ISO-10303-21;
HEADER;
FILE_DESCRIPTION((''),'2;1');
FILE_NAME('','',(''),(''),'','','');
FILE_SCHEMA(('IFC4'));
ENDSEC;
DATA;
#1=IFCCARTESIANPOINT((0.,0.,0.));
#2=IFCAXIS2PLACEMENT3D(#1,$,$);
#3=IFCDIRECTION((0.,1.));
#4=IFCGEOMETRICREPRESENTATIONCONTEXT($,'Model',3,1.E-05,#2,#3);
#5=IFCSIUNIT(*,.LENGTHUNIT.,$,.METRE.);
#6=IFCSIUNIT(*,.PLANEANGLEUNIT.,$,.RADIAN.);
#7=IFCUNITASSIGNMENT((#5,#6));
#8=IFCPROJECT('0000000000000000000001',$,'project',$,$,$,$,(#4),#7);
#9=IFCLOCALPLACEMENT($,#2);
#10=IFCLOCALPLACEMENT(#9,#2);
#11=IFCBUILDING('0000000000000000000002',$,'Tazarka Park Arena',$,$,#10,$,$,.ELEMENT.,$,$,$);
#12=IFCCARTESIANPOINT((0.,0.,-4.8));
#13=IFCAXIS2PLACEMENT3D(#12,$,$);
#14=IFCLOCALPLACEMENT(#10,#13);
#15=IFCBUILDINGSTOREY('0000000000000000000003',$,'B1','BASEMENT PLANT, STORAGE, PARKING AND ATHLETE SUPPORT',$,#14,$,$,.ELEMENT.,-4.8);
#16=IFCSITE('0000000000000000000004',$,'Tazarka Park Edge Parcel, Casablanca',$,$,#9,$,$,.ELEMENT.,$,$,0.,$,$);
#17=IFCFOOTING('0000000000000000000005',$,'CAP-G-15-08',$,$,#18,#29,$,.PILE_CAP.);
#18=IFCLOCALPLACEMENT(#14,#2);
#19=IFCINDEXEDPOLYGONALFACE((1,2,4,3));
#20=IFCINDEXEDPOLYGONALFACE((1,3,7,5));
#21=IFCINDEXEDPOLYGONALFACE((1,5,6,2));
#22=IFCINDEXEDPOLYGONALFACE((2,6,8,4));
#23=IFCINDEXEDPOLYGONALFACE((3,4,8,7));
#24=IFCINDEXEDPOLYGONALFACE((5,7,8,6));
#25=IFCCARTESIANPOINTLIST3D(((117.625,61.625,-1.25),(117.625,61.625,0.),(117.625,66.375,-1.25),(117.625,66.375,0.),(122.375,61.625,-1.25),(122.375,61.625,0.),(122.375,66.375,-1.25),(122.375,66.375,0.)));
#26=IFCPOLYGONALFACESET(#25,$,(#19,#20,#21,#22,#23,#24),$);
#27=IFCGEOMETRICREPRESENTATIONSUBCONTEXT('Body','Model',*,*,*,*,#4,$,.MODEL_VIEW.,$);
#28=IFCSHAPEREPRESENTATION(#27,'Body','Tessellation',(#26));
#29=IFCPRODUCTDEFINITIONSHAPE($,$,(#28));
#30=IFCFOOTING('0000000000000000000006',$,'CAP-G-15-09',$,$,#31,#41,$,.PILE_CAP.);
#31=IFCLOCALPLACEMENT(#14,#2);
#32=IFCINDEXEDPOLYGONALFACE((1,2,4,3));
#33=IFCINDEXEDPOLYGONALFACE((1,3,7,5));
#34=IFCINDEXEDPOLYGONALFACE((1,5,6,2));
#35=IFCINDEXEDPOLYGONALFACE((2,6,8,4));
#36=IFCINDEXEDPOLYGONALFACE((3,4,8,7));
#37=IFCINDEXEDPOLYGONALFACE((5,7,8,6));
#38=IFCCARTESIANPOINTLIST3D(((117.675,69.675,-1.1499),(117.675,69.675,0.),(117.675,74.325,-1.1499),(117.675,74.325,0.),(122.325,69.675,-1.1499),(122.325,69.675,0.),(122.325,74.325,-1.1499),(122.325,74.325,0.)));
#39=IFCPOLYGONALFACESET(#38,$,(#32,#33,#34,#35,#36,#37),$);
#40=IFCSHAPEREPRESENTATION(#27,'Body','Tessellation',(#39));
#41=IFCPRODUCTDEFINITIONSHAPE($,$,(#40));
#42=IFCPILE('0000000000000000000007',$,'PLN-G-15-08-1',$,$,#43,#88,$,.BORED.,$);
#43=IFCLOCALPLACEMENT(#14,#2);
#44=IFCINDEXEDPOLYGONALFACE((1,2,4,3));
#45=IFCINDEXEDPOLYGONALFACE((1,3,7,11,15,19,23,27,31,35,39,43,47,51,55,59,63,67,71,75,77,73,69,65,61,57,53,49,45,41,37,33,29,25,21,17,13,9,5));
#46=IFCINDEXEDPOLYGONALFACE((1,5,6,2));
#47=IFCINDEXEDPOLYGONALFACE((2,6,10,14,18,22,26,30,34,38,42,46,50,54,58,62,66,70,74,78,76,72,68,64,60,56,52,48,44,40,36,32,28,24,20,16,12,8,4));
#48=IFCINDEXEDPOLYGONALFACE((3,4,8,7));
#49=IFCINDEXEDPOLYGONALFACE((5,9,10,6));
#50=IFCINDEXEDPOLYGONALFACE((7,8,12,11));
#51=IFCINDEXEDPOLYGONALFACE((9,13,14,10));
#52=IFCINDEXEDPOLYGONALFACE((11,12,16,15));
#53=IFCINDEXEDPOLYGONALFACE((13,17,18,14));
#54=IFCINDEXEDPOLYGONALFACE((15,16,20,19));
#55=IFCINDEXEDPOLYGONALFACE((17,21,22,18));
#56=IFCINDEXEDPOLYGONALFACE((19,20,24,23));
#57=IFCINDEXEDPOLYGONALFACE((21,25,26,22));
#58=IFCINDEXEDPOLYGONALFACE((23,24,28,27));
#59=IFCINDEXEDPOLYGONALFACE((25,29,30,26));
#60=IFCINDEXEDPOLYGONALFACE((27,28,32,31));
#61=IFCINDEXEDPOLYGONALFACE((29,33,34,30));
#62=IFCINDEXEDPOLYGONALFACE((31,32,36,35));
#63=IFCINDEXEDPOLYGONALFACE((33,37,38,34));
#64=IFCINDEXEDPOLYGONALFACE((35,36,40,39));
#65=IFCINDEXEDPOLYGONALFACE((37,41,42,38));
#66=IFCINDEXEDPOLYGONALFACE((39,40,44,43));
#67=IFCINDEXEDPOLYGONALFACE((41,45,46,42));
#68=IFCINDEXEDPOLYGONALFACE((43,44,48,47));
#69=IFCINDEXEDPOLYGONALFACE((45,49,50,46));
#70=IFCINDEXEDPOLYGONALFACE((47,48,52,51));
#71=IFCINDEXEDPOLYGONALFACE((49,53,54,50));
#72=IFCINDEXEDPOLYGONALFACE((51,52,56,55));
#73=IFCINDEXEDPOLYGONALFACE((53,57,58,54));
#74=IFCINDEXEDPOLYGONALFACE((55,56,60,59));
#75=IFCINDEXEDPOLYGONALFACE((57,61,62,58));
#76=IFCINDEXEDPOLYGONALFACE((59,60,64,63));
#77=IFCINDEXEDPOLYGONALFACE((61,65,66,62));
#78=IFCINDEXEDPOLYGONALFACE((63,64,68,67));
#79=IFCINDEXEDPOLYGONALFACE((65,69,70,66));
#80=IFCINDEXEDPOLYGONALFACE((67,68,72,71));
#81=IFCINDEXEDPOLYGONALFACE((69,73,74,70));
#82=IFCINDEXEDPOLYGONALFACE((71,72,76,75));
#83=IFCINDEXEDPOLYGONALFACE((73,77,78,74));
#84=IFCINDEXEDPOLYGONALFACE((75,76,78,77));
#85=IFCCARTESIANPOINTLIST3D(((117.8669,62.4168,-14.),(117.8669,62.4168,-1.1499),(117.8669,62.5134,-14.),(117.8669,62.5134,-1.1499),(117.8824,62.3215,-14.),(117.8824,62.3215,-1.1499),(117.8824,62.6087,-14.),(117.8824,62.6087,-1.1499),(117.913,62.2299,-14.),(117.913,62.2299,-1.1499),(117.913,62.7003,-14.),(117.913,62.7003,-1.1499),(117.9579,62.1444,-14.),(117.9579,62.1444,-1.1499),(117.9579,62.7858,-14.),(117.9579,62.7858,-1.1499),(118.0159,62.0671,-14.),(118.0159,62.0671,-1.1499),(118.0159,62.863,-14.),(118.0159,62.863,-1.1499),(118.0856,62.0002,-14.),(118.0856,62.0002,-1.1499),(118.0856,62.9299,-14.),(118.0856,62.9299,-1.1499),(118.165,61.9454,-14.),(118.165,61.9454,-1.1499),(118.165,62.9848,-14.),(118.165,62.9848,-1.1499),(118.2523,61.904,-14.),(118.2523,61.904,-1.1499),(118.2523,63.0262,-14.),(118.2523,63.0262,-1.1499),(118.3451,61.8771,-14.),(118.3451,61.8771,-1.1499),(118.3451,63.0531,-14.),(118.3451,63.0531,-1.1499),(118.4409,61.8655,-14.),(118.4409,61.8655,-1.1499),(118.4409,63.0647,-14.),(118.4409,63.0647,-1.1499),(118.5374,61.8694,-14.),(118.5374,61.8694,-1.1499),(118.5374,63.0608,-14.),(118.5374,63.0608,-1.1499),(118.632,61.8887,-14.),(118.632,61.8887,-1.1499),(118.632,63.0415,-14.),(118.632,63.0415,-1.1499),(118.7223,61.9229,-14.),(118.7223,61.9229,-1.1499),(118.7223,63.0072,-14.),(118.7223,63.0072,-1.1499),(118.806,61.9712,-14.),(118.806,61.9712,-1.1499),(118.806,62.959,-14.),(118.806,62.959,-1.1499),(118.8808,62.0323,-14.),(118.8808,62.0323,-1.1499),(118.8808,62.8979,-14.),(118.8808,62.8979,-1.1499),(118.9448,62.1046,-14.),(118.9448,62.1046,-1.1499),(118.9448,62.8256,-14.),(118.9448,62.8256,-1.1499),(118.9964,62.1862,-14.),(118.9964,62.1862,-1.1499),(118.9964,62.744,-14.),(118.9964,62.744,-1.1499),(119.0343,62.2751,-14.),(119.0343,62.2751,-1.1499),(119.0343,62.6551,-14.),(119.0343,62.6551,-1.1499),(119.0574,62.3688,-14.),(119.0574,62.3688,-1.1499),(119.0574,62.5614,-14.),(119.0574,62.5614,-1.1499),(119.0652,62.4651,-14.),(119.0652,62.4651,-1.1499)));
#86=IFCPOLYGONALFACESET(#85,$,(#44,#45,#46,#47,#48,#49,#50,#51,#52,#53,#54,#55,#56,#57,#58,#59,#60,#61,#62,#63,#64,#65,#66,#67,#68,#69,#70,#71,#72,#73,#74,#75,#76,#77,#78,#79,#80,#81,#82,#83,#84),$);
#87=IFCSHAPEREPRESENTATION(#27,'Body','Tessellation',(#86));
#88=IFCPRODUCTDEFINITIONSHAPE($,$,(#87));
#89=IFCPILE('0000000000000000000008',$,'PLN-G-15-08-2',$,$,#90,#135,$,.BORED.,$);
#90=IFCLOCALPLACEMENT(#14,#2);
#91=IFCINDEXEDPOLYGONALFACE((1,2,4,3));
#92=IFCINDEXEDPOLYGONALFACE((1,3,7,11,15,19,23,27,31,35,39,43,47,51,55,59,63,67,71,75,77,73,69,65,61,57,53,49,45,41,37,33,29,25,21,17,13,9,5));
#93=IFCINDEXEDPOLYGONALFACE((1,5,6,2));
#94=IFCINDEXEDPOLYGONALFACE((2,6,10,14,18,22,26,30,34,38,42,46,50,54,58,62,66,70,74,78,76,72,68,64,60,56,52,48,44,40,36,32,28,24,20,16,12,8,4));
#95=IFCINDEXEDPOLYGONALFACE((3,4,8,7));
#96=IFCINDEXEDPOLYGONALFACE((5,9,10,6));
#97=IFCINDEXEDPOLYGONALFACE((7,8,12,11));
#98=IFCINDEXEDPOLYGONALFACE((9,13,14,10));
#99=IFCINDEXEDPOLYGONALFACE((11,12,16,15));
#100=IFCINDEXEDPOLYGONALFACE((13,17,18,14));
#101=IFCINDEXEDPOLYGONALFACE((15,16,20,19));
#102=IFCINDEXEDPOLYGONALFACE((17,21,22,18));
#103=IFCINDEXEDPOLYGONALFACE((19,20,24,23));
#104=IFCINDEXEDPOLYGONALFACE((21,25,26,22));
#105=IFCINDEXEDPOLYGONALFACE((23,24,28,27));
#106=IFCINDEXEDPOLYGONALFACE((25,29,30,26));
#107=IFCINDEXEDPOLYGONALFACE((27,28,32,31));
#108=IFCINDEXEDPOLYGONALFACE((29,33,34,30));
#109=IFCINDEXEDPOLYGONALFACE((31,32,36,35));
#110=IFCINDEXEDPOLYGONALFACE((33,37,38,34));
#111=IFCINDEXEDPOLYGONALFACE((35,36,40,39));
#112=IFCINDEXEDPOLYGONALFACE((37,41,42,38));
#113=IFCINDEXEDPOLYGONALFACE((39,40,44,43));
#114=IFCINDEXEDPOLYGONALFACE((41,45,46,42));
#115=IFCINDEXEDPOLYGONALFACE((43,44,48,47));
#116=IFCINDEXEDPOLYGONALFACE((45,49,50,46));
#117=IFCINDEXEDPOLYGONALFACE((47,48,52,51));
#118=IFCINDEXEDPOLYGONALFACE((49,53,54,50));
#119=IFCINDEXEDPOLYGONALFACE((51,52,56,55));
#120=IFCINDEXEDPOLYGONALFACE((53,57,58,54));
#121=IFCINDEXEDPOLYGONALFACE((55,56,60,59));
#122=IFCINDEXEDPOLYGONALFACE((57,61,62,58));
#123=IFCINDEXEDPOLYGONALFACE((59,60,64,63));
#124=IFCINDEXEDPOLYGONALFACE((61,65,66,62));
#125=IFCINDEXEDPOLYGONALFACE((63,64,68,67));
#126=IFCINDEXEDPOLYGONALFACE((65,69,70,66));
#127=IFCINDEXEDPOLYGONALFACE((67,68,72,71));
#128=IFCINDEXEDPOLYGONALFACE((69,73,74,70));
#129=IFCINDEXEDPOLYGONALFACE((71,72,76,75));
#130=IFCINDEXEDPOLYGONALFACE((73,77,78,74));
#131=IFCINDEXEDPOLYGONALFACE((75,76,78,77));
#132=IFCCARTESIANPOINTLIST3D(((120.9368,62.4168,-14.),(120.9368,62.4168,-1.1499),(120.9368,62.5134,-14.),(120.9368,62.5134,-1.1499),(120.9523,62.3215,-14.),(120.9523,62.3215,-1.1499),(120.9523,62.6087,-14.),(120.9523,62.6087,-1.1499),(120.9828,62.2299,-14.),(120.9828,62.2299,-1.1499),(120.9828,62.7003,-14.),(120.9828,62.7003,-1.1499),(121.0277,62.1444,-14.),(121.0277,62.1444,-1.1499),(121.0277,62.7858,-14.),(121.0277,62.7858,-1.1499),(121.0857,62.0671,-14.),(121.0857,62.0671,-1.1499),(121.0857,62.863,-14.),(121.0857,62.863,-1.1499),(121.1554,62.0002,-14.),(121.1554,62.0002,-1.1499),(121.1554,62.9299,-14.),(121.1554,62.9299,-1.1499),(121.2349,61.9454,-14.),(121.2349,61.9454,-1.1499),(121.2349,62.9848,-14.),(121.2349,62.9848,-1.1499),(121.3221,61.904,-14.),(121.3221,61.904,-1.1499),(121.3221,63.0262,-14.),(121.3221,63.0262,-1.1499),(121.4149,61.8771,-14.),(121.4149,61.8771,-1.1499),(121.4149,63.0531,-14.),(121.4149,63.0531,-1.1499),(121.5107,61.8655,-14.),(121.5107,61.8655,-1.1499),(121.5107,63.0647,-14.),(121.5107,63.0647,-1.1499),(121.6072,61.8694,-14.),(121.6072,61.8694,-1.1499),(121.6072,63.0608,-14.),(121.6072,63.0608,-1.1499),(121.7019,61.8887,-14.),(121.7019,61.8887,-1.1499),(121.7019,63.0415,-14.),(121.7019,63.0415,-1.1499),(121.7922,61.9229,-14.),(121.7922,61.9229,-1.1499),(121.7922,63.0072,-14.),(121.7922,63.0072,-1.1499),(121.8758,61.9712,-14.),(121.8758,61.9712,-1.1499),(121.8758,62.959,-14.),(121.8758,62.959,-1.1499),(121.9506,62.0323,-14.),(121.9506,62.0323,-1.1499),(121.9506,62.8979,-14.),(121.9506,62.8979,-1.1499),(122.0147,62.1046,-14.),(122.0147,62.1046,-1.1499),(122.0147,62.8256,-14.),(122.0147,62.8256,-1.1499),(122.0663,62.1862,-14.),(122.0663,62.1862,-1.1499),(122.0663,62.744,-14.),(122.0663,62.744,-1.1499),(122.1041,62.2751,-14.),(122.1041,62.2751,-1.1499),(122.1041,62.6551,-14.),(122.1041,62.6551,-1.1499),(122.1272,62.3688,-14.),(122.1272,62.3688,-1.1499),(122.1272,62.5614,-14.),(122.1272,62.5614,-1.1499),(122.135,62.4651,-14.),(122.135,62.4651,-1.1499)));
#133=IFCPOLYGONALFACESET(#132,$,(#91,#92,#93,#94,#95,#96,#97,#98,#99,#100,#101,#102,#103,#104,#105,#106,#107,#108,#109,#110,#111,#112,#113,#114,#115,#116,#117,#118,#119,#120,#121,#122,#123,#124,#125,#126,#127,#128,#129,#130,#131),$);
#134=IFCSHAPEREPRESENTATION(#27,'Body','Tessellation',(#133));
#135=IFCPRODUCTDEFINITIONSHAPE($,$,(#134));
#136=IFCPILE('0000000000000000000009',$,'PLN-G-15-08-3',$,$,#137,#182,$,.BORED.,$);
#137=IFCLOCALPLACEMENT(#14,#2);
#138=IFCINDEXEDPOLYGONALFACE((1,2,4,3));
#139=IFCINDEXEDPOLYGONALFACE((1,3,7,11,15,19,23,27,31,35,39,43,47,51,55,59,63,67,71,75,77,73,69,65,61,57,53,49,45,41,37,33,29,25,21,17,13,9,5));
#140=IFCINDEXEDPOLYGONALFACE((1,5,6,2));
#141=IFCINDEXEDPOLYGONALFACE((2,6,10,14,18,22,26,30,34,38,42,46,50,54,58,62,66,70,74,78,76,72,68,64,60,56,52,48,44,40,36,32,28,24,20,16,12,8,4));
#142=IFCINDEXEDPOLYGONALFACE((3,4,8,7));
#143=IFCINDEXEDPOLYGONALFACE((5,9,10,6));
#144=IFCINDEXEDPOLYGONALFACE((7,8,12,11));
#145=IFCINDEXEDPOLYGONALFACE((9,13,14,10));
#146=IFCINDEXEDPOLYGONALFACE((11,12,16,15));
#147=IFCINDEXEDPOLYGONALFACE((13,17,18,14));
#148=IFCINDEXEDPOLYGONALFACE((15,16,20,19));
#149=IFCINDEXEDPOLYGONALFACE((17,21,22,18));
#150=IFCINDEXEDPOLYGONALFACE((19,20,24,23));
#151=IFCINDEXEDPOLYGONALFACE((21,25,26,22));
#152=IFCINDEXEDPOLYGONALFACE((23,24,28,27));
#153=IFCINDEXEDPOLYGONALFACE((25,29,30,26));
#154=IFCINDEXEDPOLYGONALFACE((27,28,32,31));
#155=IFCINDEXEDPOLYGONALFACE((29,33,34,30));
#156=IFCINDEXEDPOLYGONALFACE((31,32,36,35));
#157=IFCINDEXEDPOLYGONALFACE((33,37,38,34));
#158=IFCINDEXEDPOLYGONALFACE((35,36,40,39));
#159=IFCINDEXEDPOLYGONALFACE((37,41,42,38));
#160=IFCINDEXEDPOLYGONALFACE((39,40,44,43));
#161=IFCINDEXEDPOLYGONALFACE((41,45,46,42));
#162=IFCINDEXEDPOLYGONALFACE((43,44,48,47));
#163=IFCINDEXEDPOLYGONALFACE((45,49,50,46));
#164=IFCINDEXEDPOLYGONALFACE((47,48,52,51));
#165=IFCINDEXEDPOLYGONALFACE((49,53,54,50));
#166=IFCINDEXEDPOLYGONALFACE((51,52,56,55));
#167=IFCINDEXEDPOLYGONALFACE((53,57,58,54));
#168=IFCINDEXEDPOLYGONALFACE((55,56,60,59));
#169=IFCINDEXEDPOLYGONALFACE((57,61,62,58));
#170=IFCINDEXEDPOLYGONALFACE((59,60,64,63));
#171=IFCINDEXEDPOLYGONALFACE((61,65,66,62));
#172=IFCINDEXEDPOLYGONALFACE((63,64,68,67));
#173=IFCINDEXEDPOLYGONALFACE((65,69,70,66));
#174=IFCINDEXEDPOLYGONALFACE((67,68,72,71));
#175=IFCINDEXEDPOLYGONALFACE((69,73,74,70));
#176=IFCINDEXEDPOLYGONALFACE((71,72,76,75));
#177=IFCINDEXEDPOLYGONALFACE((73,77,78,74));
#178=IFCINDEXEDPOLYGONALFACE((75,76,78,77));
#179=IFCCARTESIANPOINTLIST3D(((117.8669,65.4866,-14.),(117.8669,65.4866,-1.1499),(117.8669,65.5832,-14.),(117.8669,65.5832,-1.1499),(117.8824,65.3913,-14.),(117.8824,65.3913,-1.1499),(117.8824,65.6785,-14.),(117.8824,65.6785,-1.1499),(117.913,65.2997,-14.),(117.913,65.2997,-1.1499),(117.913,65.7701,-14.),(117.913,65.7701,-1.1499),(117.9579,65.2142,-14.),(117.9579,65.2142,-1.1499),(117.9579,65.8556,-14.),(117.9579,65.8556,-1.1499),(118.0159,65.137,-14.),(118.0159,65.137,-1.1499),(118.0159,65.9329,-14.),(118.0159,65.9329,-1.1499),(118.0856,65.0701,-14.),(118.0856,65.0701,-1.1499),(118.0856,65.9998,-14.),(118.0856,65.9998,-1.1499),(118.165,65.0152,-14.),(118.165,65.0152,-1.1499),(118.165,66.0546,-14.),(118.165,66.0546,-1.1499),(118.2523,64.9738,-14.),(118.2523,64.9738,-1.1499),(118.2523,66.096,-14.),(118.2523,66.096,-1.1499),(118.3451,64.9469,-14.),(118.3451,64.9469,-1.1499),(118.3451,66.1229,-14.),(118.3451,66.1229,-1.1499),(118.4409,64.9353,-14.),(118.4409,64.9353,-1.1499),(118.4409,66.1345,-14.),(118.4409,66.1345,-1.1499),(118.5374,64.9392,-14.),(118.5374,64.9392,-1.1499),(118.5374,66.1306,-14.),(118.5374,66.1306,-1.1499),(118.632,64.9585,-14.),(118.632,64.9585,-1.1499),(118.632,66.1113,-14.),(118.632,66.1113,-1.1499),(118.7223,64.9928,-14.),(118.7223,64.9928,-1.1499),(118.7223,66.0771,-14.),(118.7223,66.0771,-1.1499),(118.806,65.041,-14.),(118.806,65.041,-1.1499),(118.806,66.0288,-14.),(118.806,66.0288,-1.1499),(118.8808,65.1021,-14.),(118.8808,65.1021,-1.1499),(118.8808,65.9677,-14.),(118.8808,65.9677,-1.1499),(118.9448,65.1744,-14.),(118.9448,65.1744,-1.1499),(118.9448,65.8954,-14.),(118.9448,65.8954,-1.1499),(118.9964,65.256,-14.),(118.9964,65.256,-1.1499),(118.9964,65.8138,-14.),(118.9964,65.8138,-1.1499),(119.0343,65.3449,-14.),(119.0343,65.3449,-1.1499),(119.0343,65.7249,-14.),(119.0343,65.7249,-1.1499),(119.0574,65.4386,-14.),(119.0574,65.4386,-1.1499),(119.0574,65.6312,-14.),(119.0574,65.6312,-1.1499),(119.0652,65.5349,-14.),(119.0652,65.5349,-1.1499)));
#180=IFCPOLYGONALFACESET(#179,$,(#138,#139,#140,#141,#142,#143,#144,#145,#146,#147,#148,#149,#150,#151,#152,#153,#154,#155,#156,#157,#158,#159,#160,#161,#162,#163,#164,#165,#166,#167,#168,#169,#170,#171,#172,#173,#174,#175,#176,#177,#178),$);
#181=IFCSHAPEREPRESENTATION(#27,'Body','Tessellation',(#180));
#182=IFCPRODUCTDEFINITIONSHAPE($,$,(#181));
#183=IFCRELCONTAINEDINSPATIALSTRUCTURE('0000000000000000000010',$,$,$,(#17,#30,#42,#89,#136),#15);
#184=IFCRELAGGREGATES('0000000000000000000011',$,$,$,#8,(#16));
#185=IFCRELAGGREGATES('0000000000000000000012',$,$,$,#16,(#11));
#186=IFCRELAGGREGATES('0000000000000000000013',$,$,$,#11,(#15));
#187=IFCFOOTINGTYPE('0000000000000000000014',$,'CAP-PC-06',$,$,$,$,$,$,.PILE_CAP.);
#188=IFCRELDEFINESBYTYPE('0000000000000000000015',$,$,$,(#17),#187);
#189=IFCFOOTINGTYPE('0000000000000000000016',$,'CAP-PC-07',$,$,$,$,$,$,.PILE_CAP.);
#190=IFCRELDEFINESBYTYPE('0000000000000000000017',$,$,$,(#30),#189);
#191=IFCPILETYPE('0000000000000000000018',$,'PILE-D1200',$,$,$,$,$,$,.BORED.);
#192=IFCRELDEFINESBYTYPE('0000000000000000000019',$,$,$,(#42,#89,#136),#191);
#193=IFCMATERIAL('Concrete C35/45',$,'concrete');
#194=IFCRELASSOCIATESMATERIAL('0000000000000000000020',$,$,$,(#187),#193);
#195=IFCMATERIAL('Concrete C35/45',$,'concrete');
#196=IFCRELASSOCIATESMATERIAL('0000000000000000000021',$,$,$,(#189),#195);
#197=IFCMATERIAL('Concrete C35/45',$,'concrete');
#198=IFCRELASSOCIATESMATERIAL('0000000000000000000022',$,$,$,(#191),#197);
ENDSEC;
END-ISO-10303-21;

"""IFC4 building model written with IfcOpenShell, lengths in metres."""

from ifc_helpers import new_model, si_unit, direction, frame, origin, origin_2d, place, context, subcontext, project, spatial, rectangle, circle, extrude, material, material_profile, profile_set, type_object, element, save


model = new_model("IFC4")

# Units and contexts
model_context = context("Model", 3, precision=1e-05, world=origin(), true_north=direction((0.0, 1.0)))
body_context = subcontext(model_context, "Body", "Model", "MODEL_VIEW")
ifc_project = project(units=[si_unit("LENGTHUNIT", "METRE"), si_unit("PLANEANGLEUNIT", "RADIAN")], contexts=[model_context])

# Site, building, storey
site_placement = place(None, origin())
site = spatial("IfcSite", under=ifc_project, at=site_placement, Name="Tazarka Park Edge Parcel, Casablanca", CompositionType="ELEMENT", RefElevation=0.0)
building_placement = place(site_placement, origin())
building = spatial("IfcBuilding", under=site, at=building_placement, Name="Tazarka Park Arena", CompositionType="ELEMENT")
storey_placement = place(building_placement, frame((0.0, 0.0, -4.8)))
storey = spatial("IfcBuildingStorey", under=building, at=storey_placement, Name="B1", Description="BASEMENT PLANT, STORAGE, PARKING AND ATHLETE SUPPORT", CompositionType="ELEMENT", Elevation=-4.8)

# Footings
ifc_material_1 = material(Name="Concrete C35/45", Category="concrete")
footing_type_1 = type_object("IfcFootingType", Name="CAP-PC-06", PredefinedType="PILE_CAP", material=ifc_material_1)
footing_1_placement = place(storey_placement, frame((120.0, 64.0, -1.25), z_axis=(0.0, 0.0, 1.0), x_axis=(1.0, 0.0, 0.0)))
element("IfcFooting", 1, at=footing_1_placement, inside=storey, type_object=footing_type_1, Name="CAP-G-15-08", PredefinedType="PILE_CAP", context=body_context, shape_type="SweptSolid", body=[
    extrude(rectangle(XDim=4.75, YDim=4.75, at=origin_2d()), origin(), (0.0, 0.0, 1.0), 1.25),
])
ifc_material_2 = material(Name="Concrete C35/45", Category="concrete")
footing_type_2 = type_object("IfcFootingType", Name="CAP-PC-07", PredefinedType="PILE_CAP", material=ifc_material_2)
footing_2_placement = place(storey_placement, frame((120.0, 72.0, -1.1499), z_axis=(0.0, 0.0, 1.0), x_axis=(1.0, 0.0, 0.0)))
element("IfcFooting", 2, at=footing_2_placement, inside=storey, type_object=footing_type_2, Name="CAP-G-15-09", PredefinedType="PILE_CAP", context=body_context, shape_type="SweptSolid", body=[
    extrude(rectangle(XDim=4.6499, YDim=4.6499, at=origin_2d()), origin(), (0.0, 0.0, 1.0), 1.1499),
])

# Piles
ifc_material_3 = material(Name="Concrete C35/45", Category="concrete")
ifc_material_profile_1 = material_profile(ifc_material_3, circle(Radius=0.6001, at=origin_2d()), Name="Concrete C35/45")
ifc_profile_set_1 = profile_set([ifc_material_profile_1], Name="Concrete C35/45")
pile_type_1 = type_object("IfcPileType", Name="PILE-D1200", PredefinedType="BORED", material=ifc_profile_set_1)
for number, where, z_axis, x_axis, name in (
    (3, (118.4651, 62.4651, -1.1499), (0.0, 0.0, -1.0), (1.0, 0.0, 0.0), "PLN-G-15-08-1"),
    (4, (121.5349, 62.4651, -1.1499), (0.0, 0.0, -1.0), (1.0, 0.0, 0.0), "PLN-G-15-08-2"),
    (5, (118.4651, 65.5349, -1.1499), (0.0, 0.0, -1.0), (1.0, 0.0, 0.0), "PLN-G-15-08-3"),
):
    element("IfcPile", number, at=place(storey_placement, frame(where, z_axis=z_axis, x_axis=x_axis)), inside=storey, type_object=pile_type_1, Name=name, PredefinedType="BORED", context=body_context, shape_type="SweptSolid", body=[
        extrude(circle(Radius=0.6001, at=origin_2d()), origin(), (0.0, 0.0, 1.0), 12.8501),
    ])

save(model, "model.ifc")
